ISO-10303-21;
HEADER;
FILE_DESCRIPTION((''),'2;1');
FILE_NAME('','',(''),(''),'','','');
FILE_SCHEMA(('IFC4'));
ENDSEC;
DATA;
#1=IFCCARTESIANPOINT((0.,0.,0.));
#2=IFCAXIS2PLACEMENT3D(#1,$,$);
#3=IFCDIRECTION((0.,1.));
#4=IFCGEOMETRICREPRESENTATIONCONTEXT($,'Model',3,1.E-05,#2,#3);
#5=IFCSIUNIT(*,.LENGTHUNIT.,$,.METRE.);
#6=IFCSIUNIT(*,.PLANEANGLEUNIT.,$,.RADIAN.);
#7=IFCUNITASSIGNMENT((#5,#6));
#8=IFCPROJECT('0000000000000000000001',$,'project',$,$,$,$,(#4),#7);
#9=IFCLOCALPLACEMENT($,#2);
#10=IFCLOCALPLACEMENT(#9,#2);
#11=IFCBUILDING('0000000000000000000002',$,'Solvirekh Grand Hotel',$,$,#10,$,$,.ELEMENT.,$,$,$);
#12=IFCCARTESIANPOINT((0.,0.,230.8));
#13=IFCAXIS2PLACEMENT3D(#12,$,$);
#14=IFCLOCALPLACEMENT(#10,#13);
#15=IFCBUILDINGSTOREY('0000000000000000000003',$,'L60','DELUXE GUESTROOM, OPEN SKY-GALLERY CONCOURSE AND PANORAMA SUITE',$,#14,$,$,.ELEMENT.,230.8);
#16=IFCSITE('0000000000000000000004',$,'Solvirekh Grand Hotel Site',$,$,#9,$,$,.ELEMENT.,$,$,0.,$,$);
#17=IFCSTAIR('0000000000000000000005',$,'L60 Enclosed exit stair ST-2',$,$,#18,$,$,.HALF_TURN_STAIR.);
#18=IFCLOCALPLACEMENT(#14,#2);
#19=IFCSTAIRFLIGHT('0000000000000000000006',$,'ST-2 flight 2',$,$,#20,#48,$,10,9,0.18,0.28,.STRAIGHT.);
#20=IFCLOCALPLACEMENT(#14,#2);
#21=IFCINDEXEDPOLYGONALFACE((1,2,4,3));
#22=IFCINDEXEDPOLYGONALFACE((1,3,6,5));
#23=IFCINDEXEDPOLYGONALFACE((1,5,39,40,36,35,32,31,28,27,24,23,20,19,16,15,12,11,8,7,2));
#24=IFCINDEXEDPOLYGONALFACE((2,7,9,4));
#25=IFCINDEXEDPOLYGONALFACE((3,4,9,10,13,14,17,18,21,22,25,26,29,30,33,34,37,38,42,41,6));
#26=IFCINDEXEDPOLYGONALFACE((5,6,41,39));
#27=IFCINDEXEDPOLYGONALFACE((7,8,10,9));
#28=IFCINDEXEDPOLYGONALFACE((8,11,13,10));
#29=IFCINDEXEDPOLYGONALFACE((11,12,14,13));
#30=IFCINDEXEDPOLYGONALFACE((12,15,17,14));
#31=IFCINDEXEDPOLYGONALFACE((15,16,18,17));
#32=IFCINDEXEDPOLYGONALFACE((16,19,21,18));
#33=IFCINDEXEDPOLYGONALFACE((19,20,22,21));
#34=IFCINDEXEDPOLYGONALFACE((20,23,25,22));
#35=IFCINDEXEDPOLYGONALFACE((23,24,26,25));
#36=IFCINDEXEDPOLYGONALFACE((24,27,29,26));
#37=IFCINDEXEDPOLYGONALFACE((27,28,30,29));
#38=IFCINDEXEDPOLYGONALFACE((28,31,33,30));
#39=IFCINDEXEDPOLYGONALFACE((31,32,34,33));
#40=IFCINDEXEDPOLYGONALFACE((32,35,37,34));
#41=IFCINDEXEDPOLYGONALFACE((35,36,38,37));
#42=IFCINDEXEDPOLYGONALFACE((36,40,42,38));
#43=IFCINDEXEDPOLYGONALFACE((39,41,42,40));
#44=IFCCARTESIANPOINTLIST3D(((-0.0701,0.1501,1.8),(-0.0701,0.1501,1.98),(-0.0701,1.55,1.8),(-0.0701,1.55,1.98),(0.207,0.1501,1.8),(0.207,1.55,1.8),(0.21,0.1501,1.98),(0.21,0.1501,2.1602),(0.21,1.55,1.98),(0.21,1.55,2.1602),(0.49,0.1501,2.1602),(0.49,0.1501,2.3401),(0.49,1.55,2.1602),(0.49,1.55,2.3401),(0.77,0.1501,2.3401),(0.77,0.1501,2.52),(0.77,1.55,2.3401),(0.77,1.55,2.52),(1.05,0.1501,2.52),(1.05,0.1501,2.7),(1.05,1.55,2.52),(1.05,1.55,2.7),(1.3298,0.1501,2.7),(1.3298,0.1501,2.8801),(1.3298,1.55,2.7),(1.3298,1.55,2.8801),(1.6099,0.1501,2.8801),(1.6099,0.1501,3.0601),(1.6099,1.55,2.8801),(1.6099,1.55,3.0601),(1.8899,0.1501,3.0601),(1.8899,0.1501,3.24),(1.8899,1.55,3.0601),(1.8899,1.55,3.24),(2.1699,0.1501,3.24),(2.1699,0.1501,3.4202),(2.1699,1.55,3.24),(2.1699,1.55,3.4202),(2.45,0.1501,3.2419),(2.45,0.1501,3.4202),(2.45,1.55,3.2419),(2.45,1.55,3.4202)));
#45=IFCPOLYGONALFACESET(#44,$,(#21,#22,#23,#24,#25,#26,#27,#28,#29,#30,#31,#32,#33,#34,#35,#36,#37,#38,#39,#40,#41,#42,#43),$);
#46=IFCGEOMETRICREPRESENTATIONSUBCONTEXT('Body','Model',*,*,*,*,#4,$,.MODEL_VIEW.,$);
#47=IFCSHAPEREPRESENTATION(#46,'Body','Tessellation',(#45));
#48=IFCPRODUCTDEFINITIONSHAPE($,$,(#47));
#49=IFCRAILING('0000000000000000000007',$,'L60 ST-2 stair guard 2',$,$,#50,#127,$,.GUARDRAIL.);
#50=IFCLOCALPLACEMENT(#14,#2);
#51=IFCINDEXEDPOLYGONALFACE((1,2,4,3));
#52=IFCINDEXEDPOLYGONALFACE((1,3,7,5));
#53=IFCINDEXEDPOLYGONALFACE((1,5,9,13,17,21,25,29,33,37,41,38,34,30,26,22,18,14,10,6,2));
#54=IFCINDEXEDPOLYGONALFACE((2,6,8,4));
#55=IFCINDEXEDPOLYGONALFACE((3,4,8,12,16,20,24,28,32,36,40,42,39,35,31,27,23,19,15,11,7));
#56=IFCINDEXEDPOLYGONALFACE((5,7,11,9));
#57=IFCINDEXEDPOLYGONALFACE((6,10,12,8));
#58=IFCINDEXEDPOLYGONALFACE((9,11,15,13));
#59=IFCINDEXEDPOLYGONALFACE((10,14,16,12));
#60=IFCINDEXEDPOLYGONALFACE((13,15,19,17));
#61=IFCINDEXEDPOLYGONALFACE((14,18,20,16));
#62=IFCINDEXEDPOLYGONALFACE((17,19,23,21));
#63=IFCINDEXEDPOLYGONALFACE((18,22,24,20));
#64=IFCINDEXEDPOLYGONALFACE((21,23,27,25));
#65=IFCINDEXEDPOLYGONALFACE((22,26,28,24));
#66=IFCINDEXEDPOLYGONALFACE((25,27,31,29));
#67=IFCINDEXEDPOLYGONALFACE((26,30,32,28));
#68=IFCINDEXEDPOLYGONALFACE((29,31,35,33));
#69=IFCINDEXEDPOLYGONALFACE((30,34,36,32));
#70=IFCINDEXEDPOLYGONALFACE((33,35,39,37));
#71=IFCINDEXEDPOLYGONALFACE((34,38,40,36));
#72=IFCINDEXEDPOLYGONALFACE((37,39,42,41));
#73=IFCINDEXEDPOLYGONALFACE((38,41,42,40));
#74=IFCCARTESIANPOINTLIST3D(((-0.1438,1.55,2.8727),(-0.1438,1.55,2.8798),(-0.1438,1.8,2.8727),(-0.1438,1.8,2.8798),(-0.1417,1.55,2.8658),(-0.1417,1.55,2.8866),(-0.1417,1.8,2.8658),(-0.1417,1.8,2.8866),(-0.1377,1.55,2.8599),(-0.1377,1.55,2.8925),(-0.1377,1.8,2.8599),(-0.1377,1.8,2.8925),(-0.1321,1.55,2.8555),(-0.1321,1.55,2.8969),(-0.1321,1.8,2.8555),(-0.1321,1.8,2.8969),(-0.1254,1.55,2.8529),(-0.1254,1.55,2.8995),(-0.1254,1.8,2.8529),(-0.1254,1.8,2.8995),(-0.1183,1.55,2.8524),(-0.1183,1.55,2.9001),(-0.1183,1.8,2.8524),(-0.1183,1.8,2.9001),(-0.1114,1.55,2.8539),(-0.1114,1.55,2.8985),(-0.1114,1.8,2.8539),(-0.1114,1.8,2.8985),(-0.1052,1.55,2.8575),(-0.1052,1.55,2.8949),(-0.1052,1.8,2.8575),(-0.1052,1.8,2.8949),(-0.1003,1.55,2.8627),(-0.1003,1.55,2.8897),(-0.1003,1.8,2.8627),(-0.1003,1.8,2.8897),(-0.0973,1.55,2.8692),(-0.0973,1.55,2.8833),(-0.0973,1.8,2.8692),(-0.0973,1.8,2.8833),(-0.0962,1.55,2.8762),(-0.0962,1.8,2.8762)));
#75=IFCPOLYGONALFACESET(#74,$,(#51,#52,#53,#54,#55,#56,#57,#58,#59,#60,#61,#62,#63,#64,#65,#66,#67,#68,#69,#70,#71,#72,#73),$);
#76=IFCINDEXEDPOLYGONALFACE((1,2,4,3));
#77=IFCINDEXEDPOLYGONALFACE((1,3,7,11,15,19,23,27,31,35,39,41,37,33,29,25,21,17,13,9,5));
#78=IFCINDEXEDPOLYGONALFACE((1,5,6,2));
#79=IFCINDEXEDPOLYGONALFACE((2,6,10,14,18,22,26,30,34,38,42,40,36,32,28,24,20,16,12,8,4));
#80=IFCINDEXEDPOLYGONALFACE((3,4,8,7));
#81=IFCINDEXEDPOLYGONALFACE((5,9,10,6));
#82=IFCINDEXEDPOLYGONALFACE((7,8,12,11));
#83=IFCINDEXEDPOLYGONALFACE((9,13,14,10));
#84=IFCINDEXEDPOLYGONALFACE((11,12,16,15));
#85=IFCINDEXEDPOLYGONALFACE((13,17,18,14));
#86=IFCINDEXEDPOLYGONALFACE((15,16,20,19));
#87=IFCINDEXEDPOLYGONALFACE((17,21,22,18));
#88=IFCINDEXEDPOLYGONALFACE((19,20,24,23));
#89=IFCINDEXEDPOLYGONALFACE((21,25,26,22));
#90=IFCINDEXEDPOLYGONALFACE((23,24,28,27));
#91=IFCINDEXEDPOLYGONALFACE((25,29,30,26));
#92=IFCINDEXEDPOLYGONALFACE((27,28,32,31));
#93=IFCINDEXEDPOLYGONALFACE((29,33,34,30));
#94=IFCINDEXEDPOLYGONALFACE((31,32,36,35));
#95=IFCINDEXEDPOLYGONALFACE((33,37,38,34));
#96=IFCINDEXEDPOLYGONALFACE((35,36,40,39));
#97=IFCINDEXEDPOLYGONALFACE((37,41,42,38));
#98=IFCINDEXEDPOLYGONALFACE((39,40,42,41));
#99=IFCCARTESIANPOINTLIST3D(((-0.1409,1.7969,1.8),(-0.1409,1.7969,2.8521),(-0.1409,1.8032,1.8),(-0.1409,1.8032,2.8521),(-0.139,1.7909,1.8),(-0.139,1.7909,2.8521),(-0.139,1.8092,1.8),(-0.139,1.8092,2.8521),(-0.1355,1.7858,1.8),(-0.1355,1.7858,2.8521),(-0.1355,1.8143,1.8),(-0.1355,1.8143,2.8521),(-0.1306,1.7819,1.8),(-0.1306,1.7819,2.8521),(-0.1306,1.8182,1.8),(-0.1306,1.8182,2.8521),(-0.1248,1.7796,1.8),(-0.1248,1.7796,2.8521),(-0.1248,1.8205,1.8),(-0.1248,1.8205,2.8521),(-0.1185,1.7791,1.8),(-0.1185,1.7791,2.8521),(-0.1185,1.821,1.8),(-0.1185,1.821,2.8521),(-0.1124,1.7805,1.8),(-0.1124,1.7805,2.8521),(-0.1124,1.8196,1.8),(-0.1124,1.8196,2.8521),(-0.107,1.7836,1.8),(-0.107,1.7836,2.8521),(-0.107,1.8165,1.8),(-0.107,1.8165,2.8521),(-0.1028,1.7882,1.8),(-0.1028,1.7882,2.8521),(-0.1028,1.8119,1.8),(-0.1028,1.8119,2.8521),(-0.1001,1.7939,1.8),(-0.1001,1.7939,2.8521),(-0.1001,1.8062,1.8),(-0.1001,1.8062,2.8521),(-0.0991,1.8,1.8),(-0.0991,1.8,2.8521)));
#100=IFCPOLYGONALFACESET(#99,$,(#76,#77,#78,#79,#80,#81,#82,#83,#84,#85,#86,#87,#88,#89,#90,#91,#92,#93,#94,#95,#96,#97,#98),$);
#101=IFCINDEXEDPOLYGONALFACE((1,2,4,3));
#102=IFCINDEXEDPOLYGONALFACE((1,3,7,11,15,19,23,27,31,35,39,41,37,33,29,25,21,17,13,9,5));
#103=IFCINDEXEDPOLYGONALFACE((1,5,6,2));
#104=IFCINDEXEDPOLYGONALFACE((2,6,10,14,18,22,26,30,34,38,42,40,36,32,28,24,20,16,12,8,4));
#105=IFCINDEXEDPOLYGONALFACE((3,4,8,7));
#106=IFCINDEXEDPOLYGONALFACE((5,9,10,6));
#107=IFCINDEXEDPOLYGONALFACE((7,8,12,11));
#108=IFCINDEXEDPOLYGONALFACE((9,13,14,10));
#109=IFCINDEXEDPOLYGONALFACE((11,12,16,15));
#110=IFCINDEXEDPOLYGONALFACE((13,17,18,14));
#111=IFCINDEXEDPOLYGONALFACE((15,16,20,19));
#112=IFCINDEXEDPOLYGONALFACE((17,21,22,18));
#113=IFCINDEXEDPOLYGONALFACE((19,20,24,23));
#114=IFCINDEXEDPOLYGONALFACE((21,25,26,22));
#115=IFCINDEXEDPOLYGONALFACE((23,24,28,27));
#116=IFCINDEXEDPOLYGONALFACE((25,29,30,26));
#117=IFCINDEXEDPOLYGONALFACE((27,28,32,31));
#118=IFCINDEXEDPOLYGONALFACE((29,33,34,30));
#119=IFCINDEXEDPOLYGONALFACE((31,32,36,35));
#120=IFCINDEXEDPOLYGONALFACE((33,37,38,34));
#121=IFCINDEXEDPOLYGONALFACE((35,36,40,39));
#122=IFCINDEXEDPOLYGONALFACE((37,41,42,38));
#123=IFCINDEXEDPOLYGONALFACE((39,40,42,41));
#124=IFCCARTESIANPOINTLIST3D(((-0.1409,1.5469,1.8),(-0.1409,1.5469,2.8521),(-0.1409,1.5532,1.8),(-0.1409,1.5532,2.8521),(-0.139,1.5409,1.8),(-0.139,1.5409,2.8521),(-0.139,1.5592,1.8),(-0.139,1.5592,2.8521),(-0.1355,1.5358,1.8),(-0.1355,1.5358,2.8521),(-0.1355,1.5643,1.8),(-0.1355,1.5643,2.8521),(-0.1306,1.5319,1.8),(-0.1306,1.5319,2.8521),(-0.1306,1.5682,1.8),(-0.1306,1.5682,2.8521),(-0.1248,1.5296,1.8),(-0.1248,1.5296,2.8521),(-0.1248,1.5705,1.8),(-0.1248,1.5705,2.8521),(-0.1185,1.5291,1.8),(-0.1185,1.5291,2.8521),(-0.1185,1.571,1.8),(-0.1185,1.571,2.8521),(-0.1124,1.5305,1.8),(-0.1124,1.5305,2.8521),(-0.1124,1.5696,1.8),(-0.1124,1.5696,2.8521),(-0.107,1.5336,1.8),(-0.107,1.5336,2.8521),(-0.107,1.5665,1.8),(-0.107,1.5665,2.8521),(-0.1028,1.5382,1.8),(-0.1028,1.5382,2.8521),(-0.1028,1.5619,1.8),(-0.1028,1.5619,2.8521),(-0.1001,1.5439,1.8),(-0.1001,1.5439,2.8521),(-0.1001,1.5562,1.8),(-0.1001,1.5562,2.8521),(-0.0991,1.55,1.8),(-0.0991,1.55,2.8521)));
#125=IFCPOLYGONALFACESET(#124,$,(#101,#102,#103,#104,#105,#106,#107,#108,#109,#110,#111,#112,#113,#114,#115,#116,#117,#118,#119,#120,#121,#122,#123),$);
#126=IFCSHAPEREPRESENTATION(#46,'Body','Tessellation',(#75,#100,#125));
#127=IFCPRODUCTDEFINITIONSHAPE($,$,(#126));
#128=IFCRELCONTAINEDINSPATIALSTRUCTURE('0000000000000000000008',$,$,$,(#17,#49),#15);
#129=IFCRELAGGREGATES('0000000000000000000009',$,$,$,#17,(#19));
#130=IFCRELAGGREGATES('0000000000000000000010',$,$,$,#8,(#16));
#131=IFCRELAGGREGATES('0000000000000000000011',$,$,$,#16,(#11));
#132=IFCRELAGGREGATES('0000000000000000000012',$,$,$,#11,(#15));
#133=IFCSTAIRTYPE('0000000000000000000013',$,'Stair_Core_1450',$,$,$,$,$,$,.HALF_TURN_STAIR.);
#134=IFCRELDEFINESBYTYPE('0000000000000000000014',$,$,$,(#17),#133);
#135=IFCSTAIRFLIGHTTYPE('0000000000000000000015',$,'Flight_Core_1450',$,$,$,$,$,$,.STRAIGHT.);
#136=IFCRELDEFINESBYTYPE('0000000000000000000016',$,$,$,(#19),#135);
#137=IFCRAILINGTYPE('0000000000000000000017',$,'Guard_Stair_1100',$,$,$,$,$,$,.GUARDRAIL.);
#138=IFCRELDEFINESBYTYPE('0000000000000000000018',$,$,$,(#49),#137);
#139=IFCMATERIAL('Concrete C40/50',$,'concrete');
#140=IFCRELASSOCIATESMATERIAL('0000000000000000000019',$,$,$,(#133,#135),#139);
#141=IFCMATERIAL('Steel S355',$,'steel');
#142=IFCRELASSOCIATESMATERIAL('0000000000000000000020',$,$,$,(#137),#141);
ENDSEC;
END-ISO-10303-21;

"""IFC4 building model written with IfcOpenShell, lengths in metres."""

from ifc_helpers import new_model, si_unit, direction, frame, origin, origin_2d, place, context, subcontext, project, spatial, polyline, circle, outline, extrude, material, type_object, element, aggregate, save


model = new_model("IFC4")

# Units and contexts
model_context = context("Model", 3, precision=1e-05, world=origin(), true_north=direction((0.0, 1.0)))
body_context = subcontext(model_context, "Body", "Model", "MODEL_VIEW")
ifc_project = project(units=[si_unit("LENGTHUNIT", "METRE"), si_unit("PLANEANGLEUNIT", "RADIAN")], contexts=[model_context])

# Site, building, storey
site_placement = place(None, origin())
site = spatial("IfcSite", under=ifc_project, at=site_placement, Name="Solvirekh Grand Hotel Site", CompositionType="ELEMENT", RefElevation=0.0)
building_placement = place(site_placement, origin())
building = spatial("IfcBuilding", under=site, at=building_placement, Name="Solvirekh Grand Hotel", CompositionType="ELEMENT")
storey_placement = place(building_placement, frame((0.0, 0.0, 230.8)))
storey = spatial("IfcBuildingStorey", under=building, at=storey_placement, Name="L60", Description="DELUXE GUESTROOM, OPEN SKY-GALLERY CONCOURSE AND PANORAMA SUITE", CompositionType="ELEMENT", Elevation=230.8)

# Shared definitions
ifc_material_1 = material(Name="Concrete C40/50", Category="concrete")

# Stair, stair flight
stair_type = type_object("IfcStairType", Name="Stair_Core_1450", PredefinedType="HALF_TURN_STAIR", material=ifc_material_1)
stair_placement = place(storey_placement, origin())
stair = element("IfcStair", 1, at=stair_placement, inside=storey, type_object=stair_type, Name="L60 Enclosed exit stair ST-2", PredefinedType="HALF_TURN_STAIR")
stair_flight_type = type_object("IfcStairFlightType", Name="Flight_Core_1450", PredefinedType="STRAIGHT", material=ifc_material_1)
stair_flight_placement = place(storey_placement, frame((-0.0701, 0.8501, 1.8), z_axis=(0.0, 0.0, 1.0), x_axis=(1.0, 0.0, 0.0)))
stair_flight = element("IfcStairFlight", 2, at=stair_flight_placement, type_object=stair_flight_type, Name="ST-2 flight 2", NumberOfRisers=10, NumberOfTreads=9, PredefinedType="STRAIGHT", RiserHeight=0.18, TreadLength=0.28, context=body_context, shape_type="SweptSolid", body=[
    extrude(outline(polyline([(0.0, 0.0), (0.0, 0.1799), (0.28, 0.1799), (0.28, 0.3601), (0.5601, 0.3601), (0.5601, 0.54), (0.8401, 0.54), (0.8401, 0.72), (1.1201, 0.72), (1.1201, 0.8999), (1.3999, 0.8999), (1.3999, 1.0801), (1.6799, 1.0801), (1.6799, 1.26), (1.96, 1.26), (1.96, 1.4399), (2.24, 1.4399), (2.24, 1.6201), (2.52, 1.6201), (2.52, 1.8), (2.52, 1.4419), (0.2771, 0.0), (0.0, 0.0)])), frame((0.0, 0.7, 0.0), z_axis=(0.0, -1.0, 0.0), x_axis=(1.0, 0.0, 0.0)), (0.0, 0.0, 1.0), 1.3999),
])
aggregate(stair, [stair_flight])

# Railing
ifc_material_2 = material(Name="Steel S355", Category="steel")
railing_type_1 = type_object("IfcRailingType", Name="Guard_Stair_1100", PredefinedType="GUARDRAIL", material=ifc_material_2)
railing_1_placement = place(storey_placement, frame((-0.1201, 1.8, 1.8)))
element("IfcRailing", 3, at=railing_1_placement, inside=storey, type_object=railing_type_1, Name="L60 ST-2 stair guard 2", PredefinedType="GUARDRAIL", context=body_context, shape_type="SweptSolid", body=[
    extrude(circle(Radius=0.0239, at=origin_2d()), frame((0.0, 0.0, 1.0762), z_axis=(0.0, -1.0, 0.0), x_axis=(1.0, 0.0, 0.0)), (0.0, 0.0, 1.0), 0.25),
    extrude(circle(Radius=0.021, at=origin_2d()), origin(), (0.0, 0.0, 1.0), 1.052),
    extrude(circle(Radius=0.021, at=origin_2d()), frame((0.0, -0.25, 0.0)), (0.0, 0.0, 1.0), 1.052),
])

save(model, "model.ifc")
